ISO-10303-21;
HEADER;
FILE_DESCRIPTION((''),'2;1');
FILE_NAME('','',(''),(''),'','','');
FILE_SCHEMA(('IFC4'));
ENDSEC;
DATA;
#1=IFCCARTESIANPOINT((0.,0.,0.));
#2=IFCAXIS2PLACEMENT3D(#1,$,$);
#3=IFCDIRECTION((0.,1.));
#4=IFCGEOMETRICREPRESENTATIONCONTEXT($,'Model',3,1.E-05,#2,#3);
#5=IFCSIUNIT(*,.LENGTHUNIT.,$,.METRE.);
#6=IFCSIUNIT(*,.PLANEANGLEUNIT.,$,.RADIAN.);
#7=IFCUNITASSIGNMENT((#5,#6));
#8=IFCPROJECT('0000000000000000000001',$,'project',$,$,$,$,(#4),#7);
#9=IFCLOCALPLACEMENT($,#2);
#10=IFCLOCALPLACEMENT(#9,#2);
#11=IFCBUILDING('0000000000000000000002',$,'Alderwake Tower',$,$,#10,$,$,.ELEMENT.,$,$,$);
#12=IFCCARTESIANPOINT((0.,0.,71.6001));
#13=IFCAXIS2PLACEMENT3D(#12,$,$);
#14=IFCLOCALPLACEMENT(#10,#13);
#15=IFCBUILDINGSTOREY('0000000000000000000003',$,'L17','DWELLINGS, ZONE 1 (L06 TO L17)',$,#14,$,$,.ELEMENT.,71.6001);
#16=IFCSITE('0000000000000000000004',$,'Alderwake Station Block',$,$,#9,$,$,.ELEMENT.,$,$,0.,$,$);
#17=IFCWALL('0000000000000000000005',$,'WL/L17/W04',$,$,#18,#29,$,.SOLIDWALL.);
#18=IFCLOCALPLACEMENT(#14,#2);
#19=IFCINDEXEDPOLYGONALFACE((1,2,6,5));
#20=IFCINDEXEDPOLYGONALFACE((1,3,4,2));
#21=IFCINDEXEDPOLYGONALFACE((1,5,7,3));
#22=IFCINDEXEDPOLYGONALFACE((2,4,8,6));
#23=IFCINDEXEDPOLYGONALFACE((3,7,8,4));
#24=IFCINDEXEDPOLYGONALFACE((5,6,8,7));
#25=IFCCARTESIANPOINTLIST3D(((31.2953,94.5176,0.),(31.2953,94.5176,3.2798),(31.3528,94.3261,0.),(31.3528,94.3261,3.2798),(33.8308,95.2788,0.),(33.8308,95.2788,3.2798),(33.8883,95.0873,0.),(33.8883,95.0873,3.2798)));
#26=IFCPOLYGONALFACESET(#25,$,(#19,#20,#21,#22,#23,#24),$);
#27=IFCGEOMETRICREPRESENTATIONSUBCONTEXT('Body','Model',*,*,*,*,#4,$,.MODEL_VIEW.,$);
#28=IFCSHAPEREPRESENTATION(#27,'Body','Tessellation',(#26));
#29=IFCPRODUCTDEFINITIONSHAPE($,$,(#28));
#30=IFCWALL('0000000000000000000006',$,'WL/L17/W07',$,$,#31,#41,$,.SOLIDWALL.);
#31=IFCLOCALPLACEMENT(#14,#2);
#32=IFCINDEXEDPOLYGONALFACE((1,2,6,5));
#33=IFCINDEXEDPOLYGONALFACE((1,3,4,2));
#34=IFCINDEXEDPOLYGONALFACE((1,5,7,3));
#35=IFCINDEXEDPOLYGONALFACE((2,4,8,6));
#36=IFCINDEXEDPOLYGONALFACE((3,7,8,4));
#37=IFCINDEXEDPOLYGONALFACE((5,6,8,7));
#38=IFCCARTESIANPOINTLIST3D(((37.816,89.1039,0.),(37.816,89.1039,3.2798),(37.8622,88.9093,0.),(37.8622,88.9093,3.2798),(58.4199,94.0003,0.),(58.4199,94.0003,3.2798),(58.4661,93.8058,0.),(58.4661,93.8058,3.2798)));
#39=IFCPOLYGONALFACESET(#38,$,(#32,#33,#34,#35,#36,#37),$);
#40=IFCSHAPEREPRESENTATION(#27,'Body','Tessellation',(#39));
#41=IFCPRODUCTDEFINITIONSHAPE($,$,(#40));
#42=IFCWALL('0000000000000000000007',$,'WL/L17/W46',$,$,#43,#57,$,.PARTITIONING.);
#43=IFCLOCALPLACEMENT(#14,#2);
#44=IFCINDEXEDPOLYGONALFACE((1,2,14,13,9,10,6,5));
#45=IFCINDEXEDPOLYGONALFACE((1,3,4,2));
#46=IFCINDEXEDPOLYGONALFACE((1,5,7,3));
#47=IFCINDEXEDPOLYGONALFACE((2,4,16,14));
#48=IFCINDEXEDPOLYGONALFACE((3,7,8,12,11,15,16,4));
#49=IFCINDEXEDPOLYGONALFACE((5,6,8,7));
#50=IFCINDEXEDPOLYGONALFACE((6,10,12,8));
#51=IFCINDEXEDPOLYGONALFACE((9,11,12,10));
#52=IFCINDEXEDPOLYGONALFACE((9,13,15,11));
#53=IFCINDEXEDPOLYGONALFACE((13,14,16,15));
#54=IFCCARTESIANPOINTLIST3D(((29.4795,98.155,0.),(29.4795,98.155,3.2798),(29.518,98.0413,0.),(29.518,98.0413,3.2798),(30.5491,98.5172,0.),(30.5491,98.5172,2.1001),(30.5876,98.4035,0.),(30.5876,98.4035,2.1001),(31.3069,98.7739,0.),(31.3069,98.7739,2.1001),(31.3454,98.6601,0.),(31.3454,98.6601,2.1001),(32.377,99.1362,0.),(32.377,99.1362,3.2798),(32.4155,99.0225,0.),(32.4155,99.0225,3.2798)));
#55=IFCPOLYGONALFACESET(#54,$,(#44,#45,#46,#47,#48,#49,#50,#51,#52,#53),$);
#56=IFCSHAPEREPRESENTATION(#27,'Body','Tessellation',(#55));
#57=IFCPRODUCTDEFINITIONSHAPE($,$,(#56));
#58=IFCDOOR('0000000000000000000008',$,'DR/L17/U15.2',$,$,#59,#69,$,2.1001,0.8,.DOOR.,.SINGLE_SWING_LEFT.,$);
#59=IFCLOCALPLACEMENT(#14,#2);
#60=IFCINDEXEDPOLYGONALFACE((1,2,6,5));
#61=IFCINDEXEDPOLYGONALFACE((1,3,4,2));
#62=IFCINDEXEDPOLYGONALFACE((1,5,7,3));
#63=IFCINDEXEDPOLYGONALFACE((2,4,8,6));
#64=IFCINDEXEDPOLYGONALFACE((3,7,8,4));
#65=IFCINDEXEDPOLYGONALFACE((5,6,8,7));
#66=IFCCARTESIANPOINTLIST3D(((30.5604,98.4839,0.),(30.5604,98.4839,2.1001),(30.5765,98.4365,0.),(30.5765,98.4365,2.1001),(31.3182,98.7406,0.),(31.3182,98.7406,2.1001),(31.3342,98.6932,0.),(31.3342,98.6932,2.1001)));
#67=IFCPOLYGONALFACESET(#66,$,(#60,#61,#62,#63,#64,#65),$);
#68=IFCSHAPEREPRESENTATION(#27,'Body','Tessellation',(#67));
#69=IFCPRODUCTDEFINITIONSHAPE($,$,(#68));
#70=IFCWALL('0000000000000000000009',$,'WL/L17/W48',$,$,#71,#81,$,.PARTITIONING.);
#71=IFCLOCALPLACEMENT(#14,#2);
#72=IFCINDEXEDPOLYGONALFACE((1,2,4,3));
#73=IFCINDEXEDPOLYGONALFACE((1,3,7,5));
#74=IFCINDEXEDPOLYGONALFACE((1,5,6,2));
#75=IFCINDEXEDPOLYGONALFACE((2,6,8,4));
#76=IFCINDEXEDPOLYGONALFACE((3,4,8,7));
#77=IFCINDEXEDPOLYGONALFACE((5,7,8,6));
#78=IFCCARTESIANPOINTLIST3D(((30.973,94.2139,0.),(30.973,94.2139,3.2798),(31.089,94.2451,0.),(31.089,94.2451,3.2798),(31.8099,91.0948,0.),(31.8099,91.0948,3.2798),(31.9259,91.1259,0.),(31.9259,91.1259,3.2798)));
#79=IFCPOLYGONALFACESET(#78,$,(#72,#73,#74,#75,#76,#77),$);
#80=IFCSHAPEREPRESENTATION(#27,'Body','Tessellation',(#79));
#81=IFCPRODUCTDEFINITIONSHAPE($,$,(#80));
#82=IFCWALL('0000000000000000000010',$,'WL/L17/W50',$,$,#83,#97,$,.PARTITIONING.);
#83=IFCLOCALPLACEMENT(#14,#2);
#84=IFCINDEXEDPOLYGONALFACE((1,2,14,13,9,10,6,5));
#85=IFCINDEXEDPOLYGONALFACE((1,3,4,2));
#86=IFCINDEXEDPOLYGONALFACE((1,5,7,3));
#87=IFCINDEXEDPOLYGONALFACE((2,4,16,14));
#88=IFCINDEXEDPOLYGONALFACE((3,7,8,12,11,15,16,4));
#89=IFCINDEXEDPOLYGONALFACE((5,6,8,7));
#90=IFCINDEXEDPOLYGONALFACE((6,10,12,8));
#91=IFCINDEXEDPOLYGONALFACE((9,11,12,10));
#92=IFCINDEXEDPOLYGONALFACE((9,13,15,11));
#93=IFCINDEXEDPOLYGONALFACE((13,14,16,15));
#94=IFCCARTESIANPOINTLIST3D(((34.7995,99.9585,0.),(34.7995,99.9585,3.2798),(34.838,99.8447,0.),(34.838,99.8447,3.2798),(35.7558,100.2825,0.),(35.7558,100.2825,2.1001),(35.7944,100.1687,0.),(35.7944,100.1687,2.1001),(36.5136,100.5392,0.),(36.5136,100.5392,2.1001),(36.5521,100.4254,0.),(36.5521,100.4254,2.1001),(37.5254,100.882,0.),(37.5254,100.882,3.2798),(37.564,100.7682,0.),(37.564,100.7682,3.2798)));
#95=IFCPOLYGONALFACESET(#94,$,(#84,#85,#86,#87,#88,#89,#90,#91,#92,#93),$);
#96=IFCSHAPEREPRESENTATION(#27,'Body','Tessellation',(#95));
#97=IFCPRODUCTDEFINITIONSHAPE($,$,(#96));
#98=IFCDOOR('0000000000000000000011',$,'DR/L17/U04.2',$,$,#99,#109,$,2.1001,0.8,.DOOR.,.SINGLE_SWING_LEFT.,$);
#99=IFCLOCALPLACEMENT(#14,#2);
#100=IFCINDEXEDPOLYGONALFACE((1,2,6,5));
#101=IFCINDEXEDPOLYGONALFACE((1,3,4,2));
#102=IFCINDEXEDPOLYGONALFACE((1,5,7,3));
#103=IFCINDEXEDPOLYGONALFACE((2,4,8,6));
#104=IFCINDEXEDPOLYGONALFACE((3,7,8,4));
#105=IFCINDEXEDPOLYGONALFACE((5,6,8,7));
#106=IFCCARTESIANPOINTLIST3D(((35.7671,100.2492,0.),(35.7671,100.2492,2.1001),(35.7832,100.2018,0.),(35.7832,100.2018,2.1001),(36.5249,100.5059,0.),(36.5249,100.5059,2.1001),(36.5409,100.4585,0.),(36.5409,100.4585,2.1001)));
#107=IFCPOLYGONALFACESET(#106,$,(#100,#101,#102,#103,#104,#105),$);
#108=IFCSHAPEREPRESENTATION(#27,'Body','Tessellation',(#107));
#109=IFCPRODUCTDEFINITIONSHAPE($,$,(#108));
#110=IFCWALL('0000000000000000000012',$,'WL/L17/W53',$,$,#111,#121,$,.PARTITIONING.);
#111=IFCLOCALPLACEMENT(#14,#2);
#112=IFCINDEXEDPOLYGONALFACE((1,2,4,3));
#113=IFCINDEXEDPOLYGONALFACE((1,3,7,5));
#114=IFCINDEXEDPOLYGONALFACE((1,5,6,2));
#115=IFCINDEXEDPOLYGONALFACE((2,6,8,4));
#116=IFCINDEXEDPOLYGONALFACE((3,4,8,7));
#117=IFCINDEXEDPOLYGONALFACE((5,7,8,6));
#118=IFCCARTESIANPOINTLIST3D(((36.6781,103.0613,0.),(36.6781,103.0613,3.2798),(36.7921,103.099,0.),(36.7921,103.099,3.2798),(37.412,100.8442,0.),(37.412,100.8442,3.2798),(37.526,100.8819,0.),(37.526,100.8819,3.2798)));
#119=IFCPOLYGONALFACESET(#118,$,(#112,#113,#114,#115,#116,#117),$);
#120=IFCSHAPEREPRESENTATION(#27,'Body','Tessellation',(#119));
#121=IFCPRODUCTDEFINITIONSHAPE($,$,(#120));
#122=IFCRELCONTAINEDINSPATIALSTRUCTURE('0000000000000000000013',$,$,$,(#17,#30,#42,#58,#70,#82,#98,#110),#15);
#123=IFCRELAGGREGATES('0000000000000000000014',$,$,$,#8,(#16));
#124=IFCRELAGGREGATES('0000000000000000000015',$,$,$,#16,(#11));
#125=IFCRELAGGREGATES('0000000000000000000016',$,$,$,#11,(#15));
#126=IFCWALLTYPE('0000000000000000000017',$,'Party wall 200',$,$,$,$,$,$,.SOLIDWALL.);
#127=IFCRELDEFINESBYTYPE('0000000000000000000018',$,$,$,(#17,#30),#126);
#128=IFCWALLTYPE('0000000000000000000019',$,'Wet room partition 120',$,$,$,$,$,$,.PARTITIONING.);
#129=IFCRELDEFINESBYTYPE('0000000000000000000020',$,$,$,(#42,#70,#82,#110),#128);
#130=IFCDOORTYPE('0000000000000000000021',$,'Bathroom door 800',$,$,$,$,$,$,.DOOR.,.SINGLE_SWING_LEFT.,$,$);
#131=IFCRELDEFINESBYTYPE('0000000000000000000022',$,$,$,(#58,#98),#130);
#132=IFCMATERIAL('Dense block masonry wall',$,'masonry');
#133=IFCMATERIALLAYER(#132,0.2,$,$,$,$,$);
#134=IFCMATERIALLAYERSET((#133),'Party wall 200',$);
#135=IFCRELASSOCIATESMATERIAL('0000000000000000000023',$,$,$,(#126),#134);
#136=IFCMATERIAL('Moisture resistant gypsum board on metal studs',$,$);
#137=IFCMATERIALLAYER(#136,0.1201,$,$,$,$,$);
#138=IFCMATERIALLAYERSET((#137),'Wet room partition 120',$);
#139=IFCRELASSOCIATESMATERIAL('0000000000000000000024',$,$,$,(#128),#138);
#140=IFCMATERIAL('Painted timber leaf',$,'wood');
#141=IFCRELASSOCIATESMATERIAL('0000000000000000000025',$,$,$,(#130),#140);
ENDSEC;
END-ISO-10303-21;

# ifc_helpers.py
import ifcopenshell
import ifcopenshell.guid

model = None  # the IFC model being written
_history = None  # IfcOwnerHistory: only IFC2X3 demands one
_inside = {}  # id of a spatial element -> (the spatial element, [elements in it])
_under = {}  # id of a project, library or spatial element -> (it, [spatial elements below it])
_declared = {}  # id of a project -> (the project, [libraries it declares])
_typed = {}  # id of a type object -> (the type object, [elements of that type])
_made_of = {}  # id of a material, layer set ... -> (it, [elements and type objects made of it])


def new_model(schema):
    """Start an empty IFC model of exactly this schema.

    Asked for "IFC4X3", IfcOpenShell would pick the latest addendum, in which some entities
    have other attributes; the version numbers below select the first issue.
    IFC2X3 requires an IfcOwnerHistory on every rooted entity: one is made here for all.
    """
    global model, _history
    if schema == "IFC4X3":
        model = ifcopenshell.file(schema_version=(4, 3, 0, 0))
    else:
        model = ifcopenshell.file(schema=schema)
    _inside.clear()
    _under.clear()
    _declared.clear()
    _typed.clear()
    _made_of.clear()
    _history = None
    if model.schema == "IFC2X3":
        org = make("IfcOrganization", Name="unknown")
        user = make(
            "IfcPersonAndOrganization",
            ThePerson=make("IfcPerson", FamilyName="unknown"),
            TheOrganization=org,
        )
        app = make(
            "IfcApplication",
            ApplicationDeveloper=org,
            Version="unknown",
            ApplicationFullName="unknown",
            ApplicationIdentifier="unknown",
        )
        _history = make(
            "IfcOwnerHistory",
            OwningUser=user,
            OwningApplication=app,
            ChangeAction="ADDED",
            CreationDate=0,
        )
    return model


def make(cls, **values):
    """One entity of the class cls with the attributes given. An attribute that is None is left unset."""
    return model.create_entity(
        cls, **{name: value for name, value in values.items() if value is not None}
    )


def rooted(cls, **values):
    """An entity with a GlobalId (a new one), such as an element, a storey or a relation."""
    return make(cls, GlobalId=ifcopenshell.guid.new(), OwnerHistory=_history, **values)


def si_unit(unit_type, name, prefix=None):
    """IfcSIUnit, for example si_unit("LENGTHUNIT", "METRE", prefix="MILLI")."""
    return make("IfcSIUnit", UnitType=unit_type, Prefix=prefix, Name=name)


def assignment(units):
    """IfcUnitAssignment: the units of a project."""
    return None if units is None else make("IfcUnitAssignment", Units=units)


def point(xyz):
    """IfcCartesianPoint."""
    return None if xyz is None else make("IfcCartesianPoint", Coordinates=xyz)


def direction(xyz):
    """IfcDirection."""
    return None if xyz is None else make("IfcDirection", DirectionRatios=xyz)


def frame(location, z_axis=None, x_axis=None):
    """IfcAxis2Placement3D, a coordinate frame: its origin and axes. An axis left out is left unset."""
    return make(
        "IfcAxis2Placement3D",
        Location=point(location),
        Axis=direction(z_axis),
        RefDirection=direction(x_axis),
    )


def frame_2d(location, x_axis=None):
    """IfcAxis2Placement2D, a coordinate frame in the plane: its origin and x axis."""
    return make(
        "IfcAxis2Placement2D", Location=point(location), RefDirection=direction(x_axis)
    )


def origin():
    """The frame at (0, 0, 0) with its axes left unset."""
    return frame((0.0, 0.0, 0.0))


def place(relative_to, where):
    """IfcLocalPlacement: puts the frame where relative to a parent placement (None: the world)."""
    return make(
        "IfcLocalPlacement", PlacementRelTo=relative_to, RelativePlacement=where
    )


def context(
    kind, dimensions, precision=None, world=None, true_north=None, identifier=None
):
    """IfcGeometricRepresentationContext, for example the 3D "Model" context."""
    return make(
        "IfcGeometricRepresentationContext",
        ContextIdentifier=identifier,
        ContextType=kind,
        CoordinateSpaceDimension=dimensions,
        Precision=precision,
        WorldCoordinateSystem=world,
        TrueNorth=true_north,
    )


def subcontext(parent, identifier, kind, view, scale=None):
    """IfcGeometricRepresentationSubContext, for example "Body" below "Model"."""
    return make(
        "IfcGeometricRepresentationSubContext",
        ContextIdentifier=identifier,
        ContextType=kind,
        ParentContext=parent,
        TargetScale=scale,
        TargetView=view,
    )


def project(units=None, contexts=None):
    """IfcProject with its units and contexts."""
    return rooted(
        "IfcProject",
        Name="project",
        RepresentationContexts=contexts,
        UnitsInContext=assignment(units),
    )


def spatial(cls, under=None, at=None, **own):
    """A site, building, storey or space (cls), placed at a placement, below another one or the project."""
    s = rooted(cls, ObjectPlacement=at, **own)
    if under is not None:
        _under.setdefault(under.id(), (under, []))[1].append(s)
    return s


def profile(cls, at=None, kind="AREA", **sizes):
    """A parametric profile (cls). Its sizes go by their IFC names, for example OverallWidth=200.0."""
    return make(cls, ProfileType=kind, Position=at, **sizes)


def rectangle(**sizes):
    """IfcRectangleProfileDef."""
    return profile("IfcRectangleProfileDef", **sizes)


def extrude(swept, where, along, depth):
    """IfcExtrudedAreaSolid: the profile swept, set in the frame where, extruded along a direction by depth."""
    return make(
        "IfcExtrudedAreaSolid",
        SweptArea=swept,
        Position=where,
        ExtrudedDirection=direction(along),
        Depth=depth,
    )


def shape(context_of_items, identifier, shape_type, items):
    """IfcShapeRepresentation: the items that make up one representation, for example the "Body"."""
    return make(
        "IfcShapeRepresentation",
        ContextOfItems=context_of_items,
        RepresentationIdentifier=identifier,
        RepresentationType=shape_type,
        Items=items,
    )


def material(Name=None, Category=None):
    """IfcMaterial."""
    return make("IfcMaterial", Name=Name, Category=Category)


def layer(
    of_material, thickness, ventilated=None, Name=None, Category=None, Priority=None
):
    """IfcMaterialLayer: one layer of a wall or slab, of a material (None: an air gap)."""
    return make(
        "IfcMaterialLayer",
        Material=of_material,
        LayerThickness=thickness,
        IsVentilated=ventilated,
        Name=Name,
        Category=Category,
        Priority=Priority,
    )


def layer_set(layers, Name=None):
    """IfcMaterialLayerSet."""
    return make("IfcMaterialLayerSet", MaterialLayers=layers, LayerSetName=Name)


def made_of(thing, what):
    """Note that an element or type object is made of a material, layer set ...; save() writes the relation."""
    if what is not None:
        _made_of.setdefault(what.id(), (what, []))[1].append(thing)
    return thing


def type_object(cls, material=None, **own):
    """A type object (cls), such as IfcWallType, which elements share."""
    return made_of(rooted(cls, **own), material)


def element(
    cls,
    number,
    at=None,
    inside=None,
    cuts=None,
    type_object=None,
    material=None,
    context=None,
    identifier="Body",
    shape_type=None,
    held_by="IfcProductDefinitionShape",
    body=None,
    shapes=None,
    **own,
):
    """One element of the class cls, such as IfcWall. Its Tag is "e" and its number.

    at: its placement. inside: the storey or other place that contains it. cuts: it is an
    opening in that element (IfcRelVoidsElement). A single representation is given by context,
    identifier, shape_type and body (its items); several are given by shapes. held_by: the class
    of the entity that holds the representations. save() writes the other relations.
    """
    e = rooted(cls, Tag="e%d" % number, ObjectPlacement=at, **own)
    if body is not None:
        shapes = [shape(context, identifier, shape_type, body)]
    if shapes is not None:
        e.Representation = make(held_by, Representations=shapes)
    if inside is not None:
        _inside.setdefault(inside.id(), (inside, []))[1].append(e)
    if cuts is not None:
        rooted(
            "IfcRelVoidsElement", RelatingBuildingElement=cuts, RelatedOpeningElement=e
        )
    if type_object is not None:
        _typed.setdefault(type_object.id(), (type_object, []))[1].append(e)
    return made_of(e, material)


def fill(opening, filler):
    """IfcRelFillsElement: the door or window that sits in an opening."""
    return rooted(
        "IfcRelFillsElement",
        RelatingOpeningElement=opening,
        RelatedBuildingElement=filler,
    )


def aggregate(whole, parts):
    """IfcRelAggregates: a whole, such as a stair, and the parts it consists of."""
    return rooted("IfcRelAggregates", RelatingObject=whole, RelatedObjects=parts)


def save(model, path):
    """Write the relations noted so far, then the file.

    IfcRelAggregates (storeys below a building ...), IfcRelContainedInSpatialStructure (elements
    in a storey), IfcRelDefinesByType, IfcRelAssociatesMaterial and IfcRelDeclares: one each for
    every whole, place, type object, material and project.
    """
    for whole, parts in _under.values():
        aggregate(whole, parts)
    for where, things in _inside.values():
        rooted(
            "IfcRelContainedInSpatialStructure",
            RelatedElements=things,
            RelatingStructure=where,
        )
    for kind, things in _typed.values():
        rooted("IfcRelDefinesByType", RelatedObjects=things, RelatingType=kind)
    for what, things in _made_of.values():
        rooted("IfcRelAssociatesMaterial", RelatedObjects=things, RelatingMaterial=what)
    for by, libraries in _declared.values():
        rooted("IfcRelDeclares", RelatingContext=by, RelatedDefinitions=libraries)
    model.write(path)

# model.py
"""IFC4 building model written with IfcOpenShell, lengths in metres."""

from ifc_helpers import new_model, si_unit, direction, frame, frame_2d, origin, place, context, subcontext, project, spatial, rectangle, extrude, material, layer, layer_set, type_object, element, fill, save


model = new_model("IFC4")

# Units and contexts
model_context = context("Model", 3, precision=1e-05, world=origin(), true_north=direction((0.0, 1.0)))
body_context = subcontext(model_context, "Body", "Model", "MODEL_VIEW")
ifc_project = project(units=[si_unit("LENGTHUNIT", "METRE"), si_unit("PLANEANGLEUNIT", "RADIAN")], contexts=[model_context])

# Site, building, storey
site_placement = place(None, origin())
site = spatial("IfcSite", under=ifc_project, at=site_placement, Name="Alderwake Station Block", CompositionType="ELEMENT", RefElevation=0.0)
building_placement = place(site_placement, origin())
building = spatial("IfcBuilding", under=site, at=building_placement, Name="Alderwake Tower", CompositionType="ELEMENT")
storey_placement = place(building_placement, frame((0.0, 0.0, 71.6001)))
storey = spatial("IfcBuildingStorey", under=building, at=storey_placement, Name="L17", Description="DWELLINGS, ZONE 1 (L06 TO L17)", CompositionType="ELEMENT", Elevation=71.6001)

# Walls
ifc_material_1 = material(Name="Dense block masonry wall", Category="masonry")
ifc_layer_1 = layer(ifc_material_1, 0.2)
ifc_layer_set_1 = layer_set([ifc_layer_1], Name="Party wall 200")
wall_type_1 = type_object("IfcWallType", Name="Party wall 200", PredefinedType="SOLIDWALL", material=ifc_layer_set_1)
wall_1_placement = place(storey_placement, frame((33.8596, 95.1831, 0.0), z_axis=(0.0, 0.0, 1.0), x_axis=(-0.957763, -0.287559, 0.0)))
element("IfcWall", 1, at=wall_1_placement, inside=storey, type_object=wall_type_1, Name="WL/L17/W04", PredefinedType="SOLIDWALL", context=body_context, shape_type="SweptSolid", body=[
    extrude(rectangle(XDim=2.6472, YDim=0.2, at=frame_2d((1.3237, 0.0))), origin(), (0.0, 0.0, 1.0), 3.2798),
])
wall_2_placement = place(storey_placement, frame((37.8391, 89.0066, 0.0), z_axis=(0.0, 0.0, 1.0), x_axis=(0.972904, 0.231208, 0.0)))
element("IfcWall", 2, at=wall_2_placement, inside=storey, type_object=wall_type_1, Name="WL/L17/W07", PredefinedType="SOLIDWALL", context=body_context, shape_type="SweptSolid", body=[
    extrude(rectangle(XDim=21.1777, YDim=0.2, at=frame_2d((10.5889, 0.0))), origin(), (0.0, 0.0, 1.0), 3.2798),
])

# Wall, opening, door
ifc_material_2 = material(Name="Moisture resistant gypsum board on metal studs")
ifc_layer_2 = layer(ifc_material_2, 0.1201)
ifc_layer_set_2 = layer_set([ifc_layer_2], Name="Wet room partition 120")
wall_type_2 = type_object("IfcWallType", Name="Wet room partition 120", PredefinedType="PARTITIONING", material=ifc_layer_set_2)
wall_3_placement = place(storey_placement, frame((29.4988, 98.0981, 0.0), z_axis=(0.0, 0.0, 1.0), x_axis=(0.947164, 0.320749, 0.0)))
wall_3 = element("IfcWall", 3, at=wall_3_placement, inside=storey, type_object=wall_type_2, Name="WL/L17/W46", PredefinedType="PARTITIONING", context=body_context, shape_type="SweptSolid", body=[
    extrude(rectangle(XDim=3.0591, YDim=0.1201, at=frame_2d((1.5295, 0.0))), origin(), (0.0, 0.0, 1.0), 3.2798),
])
opening_1_placement = place(wall_3_placement, frame((1.1294, 0.0, 0.0)))
opening_1 = element("IfcOpeningElement", 4, at=opening_1_placement, cuts=wall_3, PredefinedType="OPENING", context=body_context, shape_type="SweptSolid", body=[
    extrude(rectangle(XDim=0.8, YDim=2.1001, at=frame_2d((0.3999, 1.05))), frame((0.0, 0.0701, 0.0), z_axis=(0.0, -1.0, 0.0), x_axis=(1.0, 0.0, 0.0)), (0.0, 0.0, 1.0), 0.1401),
])
ifc_material_3 = material(Name="Painted timber leaf", Category="wood")
door_type_1 = type_object("IfcDoorType", Name="Bathroom door 800", OperationType="SINGLE_SWING_LEFT", PredefinedType="DOOR", material=ifc_material_3)
door_1_placement = place(opening_1_placement, origin())
door_1 = element("IfcDoor", 5, at=door_1_placement, inside=storey, type_object=door_type_1, Name="DR/L17/U15.2", OperationType="SINGLE_SWING_LEFT", OverallHeight=2.1001, OverallWidth=0.8, PredefinedType="DOOR", context=body_context, shape_type="SweptSolid", body=[
    extrude(rectangle(XDim=0.8, YDim=2.1001, at=frame_2d((0.3999, 1.05))), frame((0.0, 0.0249, 0.0), z_axis=(0.0, -1.0, 0.0), x_axis=(1.0, 0.0, 0.0)), (0.0, 0.0, 1.0), 0.05),
])
fill(opening_1, door_1)

# Wall
wall_4_placement = place(storey_placement, frame((31.031, 94.2295, 0.0), z_axis=(0.0, 0.0, 1.0), x_axis=(0.259149, -0.965837, 0.0)))
element("IfcWall", 6, at=wall_4_placement, inside=storey, type_object=wall_type_2, Name="WL/L17/W48", PredefinedType="PARTITIONING", context=body_context, shape_type="SweptSolid", body=[
    extrude(rectangle(XDim=3.2295, YDim=0.1201, at=frame_2d((1.6147, 0.0))), origin(), (0.0, 0.0, 1.0), 3.2798),
])

# Wall, opening, door
wall_5_placement = place(storey_placement, frame((34.8188, 99.9016, 0.0), z_axis=(0.0, 0.0, 1.0), x_axis=(0.94712, 0.320881, 0.0)))
wall_5 = element("IfcWall", 7, at=wall_5_placement, inside=storey, type_object=wall_type_2, Name="WL/L17/W50", PredefinedType="PARTITIONING", context=body_context, shape_type="SweptSolid", body=[
    extrude(rectangle(XDim=2.8782, YDim=0.1201, at=frame_2d((1.439, 0.0))), origin(), (0.0, 0.0, 1.0), 3.2798),
])
opening_2_placement = place(wall_5_placement, frame((1.0098, 0.0, 0.0)))
opening_2 = element("IfcOpeningElement", 8, at=opening_2_placement, cuts=wall_5, PredefinedType="OPENING", context=body_context, shape_type="SweptSolid", body=[
    extrude(rectangle(XDim=0.8, YDim=2.1001, at=frame_2d((0.3999, 1.05))), frame((0.0, 0.0701, 0.0), z_axis=(0.0, -1.0, 0.0), x_axis=(1.0, 0.0, 0.0)), (0.0, 0.0, 1.0), 0.1401),
])
door_2_placement = place(opening_2_placement, origin())
door_2 = element("IfcDoor", 9, at=door_2_placement, inside=storey, type_object=door_type_1, Name="DR/L17/U04.2", OperationType="SINGLE_SWING_LEFT", OverallHeight=2.1001, OverallWidth=0.8, PredefinedType="DOOR", context=body_context, shape_type="SweptSolid", body=[
    extrude(rectangle(XDim=0.8, YDim=2.1001, at=frame_2d((0.3999, 1.05))), frame((0.0, 0.0249, 0.0), z_axis=(0.0, -1.0, 0.0), x_axis=(1.0, 0.0, 0.0)), (0.0, 0.0, 1.0), 0.05),
])
fill(opening_2, door_2)

# Wall
wall_6_placement = place(storey_placement, frame((37.469, 100.863, 0.0), z_axis=(0.0, 0.0, 1.0), x_axis=(-0.314251, 0.94934, 0.0)))
element("IfcWall", 10, at=wall_6_placement, inside=storey, type_object=wall_type_2, Name="WL/L17/W53", PredefinedType="PARTITIONING", context=body_context, shape_type="SweptSolid", body=[
    extrude(rectangle(XDim=2.3354, YDim=0.1201, at=frame_2d((1.1677, 0.0))), origin(), (0.0, 0.0, 1.0), 3.2798),
])

save(model, "model.ifc")
